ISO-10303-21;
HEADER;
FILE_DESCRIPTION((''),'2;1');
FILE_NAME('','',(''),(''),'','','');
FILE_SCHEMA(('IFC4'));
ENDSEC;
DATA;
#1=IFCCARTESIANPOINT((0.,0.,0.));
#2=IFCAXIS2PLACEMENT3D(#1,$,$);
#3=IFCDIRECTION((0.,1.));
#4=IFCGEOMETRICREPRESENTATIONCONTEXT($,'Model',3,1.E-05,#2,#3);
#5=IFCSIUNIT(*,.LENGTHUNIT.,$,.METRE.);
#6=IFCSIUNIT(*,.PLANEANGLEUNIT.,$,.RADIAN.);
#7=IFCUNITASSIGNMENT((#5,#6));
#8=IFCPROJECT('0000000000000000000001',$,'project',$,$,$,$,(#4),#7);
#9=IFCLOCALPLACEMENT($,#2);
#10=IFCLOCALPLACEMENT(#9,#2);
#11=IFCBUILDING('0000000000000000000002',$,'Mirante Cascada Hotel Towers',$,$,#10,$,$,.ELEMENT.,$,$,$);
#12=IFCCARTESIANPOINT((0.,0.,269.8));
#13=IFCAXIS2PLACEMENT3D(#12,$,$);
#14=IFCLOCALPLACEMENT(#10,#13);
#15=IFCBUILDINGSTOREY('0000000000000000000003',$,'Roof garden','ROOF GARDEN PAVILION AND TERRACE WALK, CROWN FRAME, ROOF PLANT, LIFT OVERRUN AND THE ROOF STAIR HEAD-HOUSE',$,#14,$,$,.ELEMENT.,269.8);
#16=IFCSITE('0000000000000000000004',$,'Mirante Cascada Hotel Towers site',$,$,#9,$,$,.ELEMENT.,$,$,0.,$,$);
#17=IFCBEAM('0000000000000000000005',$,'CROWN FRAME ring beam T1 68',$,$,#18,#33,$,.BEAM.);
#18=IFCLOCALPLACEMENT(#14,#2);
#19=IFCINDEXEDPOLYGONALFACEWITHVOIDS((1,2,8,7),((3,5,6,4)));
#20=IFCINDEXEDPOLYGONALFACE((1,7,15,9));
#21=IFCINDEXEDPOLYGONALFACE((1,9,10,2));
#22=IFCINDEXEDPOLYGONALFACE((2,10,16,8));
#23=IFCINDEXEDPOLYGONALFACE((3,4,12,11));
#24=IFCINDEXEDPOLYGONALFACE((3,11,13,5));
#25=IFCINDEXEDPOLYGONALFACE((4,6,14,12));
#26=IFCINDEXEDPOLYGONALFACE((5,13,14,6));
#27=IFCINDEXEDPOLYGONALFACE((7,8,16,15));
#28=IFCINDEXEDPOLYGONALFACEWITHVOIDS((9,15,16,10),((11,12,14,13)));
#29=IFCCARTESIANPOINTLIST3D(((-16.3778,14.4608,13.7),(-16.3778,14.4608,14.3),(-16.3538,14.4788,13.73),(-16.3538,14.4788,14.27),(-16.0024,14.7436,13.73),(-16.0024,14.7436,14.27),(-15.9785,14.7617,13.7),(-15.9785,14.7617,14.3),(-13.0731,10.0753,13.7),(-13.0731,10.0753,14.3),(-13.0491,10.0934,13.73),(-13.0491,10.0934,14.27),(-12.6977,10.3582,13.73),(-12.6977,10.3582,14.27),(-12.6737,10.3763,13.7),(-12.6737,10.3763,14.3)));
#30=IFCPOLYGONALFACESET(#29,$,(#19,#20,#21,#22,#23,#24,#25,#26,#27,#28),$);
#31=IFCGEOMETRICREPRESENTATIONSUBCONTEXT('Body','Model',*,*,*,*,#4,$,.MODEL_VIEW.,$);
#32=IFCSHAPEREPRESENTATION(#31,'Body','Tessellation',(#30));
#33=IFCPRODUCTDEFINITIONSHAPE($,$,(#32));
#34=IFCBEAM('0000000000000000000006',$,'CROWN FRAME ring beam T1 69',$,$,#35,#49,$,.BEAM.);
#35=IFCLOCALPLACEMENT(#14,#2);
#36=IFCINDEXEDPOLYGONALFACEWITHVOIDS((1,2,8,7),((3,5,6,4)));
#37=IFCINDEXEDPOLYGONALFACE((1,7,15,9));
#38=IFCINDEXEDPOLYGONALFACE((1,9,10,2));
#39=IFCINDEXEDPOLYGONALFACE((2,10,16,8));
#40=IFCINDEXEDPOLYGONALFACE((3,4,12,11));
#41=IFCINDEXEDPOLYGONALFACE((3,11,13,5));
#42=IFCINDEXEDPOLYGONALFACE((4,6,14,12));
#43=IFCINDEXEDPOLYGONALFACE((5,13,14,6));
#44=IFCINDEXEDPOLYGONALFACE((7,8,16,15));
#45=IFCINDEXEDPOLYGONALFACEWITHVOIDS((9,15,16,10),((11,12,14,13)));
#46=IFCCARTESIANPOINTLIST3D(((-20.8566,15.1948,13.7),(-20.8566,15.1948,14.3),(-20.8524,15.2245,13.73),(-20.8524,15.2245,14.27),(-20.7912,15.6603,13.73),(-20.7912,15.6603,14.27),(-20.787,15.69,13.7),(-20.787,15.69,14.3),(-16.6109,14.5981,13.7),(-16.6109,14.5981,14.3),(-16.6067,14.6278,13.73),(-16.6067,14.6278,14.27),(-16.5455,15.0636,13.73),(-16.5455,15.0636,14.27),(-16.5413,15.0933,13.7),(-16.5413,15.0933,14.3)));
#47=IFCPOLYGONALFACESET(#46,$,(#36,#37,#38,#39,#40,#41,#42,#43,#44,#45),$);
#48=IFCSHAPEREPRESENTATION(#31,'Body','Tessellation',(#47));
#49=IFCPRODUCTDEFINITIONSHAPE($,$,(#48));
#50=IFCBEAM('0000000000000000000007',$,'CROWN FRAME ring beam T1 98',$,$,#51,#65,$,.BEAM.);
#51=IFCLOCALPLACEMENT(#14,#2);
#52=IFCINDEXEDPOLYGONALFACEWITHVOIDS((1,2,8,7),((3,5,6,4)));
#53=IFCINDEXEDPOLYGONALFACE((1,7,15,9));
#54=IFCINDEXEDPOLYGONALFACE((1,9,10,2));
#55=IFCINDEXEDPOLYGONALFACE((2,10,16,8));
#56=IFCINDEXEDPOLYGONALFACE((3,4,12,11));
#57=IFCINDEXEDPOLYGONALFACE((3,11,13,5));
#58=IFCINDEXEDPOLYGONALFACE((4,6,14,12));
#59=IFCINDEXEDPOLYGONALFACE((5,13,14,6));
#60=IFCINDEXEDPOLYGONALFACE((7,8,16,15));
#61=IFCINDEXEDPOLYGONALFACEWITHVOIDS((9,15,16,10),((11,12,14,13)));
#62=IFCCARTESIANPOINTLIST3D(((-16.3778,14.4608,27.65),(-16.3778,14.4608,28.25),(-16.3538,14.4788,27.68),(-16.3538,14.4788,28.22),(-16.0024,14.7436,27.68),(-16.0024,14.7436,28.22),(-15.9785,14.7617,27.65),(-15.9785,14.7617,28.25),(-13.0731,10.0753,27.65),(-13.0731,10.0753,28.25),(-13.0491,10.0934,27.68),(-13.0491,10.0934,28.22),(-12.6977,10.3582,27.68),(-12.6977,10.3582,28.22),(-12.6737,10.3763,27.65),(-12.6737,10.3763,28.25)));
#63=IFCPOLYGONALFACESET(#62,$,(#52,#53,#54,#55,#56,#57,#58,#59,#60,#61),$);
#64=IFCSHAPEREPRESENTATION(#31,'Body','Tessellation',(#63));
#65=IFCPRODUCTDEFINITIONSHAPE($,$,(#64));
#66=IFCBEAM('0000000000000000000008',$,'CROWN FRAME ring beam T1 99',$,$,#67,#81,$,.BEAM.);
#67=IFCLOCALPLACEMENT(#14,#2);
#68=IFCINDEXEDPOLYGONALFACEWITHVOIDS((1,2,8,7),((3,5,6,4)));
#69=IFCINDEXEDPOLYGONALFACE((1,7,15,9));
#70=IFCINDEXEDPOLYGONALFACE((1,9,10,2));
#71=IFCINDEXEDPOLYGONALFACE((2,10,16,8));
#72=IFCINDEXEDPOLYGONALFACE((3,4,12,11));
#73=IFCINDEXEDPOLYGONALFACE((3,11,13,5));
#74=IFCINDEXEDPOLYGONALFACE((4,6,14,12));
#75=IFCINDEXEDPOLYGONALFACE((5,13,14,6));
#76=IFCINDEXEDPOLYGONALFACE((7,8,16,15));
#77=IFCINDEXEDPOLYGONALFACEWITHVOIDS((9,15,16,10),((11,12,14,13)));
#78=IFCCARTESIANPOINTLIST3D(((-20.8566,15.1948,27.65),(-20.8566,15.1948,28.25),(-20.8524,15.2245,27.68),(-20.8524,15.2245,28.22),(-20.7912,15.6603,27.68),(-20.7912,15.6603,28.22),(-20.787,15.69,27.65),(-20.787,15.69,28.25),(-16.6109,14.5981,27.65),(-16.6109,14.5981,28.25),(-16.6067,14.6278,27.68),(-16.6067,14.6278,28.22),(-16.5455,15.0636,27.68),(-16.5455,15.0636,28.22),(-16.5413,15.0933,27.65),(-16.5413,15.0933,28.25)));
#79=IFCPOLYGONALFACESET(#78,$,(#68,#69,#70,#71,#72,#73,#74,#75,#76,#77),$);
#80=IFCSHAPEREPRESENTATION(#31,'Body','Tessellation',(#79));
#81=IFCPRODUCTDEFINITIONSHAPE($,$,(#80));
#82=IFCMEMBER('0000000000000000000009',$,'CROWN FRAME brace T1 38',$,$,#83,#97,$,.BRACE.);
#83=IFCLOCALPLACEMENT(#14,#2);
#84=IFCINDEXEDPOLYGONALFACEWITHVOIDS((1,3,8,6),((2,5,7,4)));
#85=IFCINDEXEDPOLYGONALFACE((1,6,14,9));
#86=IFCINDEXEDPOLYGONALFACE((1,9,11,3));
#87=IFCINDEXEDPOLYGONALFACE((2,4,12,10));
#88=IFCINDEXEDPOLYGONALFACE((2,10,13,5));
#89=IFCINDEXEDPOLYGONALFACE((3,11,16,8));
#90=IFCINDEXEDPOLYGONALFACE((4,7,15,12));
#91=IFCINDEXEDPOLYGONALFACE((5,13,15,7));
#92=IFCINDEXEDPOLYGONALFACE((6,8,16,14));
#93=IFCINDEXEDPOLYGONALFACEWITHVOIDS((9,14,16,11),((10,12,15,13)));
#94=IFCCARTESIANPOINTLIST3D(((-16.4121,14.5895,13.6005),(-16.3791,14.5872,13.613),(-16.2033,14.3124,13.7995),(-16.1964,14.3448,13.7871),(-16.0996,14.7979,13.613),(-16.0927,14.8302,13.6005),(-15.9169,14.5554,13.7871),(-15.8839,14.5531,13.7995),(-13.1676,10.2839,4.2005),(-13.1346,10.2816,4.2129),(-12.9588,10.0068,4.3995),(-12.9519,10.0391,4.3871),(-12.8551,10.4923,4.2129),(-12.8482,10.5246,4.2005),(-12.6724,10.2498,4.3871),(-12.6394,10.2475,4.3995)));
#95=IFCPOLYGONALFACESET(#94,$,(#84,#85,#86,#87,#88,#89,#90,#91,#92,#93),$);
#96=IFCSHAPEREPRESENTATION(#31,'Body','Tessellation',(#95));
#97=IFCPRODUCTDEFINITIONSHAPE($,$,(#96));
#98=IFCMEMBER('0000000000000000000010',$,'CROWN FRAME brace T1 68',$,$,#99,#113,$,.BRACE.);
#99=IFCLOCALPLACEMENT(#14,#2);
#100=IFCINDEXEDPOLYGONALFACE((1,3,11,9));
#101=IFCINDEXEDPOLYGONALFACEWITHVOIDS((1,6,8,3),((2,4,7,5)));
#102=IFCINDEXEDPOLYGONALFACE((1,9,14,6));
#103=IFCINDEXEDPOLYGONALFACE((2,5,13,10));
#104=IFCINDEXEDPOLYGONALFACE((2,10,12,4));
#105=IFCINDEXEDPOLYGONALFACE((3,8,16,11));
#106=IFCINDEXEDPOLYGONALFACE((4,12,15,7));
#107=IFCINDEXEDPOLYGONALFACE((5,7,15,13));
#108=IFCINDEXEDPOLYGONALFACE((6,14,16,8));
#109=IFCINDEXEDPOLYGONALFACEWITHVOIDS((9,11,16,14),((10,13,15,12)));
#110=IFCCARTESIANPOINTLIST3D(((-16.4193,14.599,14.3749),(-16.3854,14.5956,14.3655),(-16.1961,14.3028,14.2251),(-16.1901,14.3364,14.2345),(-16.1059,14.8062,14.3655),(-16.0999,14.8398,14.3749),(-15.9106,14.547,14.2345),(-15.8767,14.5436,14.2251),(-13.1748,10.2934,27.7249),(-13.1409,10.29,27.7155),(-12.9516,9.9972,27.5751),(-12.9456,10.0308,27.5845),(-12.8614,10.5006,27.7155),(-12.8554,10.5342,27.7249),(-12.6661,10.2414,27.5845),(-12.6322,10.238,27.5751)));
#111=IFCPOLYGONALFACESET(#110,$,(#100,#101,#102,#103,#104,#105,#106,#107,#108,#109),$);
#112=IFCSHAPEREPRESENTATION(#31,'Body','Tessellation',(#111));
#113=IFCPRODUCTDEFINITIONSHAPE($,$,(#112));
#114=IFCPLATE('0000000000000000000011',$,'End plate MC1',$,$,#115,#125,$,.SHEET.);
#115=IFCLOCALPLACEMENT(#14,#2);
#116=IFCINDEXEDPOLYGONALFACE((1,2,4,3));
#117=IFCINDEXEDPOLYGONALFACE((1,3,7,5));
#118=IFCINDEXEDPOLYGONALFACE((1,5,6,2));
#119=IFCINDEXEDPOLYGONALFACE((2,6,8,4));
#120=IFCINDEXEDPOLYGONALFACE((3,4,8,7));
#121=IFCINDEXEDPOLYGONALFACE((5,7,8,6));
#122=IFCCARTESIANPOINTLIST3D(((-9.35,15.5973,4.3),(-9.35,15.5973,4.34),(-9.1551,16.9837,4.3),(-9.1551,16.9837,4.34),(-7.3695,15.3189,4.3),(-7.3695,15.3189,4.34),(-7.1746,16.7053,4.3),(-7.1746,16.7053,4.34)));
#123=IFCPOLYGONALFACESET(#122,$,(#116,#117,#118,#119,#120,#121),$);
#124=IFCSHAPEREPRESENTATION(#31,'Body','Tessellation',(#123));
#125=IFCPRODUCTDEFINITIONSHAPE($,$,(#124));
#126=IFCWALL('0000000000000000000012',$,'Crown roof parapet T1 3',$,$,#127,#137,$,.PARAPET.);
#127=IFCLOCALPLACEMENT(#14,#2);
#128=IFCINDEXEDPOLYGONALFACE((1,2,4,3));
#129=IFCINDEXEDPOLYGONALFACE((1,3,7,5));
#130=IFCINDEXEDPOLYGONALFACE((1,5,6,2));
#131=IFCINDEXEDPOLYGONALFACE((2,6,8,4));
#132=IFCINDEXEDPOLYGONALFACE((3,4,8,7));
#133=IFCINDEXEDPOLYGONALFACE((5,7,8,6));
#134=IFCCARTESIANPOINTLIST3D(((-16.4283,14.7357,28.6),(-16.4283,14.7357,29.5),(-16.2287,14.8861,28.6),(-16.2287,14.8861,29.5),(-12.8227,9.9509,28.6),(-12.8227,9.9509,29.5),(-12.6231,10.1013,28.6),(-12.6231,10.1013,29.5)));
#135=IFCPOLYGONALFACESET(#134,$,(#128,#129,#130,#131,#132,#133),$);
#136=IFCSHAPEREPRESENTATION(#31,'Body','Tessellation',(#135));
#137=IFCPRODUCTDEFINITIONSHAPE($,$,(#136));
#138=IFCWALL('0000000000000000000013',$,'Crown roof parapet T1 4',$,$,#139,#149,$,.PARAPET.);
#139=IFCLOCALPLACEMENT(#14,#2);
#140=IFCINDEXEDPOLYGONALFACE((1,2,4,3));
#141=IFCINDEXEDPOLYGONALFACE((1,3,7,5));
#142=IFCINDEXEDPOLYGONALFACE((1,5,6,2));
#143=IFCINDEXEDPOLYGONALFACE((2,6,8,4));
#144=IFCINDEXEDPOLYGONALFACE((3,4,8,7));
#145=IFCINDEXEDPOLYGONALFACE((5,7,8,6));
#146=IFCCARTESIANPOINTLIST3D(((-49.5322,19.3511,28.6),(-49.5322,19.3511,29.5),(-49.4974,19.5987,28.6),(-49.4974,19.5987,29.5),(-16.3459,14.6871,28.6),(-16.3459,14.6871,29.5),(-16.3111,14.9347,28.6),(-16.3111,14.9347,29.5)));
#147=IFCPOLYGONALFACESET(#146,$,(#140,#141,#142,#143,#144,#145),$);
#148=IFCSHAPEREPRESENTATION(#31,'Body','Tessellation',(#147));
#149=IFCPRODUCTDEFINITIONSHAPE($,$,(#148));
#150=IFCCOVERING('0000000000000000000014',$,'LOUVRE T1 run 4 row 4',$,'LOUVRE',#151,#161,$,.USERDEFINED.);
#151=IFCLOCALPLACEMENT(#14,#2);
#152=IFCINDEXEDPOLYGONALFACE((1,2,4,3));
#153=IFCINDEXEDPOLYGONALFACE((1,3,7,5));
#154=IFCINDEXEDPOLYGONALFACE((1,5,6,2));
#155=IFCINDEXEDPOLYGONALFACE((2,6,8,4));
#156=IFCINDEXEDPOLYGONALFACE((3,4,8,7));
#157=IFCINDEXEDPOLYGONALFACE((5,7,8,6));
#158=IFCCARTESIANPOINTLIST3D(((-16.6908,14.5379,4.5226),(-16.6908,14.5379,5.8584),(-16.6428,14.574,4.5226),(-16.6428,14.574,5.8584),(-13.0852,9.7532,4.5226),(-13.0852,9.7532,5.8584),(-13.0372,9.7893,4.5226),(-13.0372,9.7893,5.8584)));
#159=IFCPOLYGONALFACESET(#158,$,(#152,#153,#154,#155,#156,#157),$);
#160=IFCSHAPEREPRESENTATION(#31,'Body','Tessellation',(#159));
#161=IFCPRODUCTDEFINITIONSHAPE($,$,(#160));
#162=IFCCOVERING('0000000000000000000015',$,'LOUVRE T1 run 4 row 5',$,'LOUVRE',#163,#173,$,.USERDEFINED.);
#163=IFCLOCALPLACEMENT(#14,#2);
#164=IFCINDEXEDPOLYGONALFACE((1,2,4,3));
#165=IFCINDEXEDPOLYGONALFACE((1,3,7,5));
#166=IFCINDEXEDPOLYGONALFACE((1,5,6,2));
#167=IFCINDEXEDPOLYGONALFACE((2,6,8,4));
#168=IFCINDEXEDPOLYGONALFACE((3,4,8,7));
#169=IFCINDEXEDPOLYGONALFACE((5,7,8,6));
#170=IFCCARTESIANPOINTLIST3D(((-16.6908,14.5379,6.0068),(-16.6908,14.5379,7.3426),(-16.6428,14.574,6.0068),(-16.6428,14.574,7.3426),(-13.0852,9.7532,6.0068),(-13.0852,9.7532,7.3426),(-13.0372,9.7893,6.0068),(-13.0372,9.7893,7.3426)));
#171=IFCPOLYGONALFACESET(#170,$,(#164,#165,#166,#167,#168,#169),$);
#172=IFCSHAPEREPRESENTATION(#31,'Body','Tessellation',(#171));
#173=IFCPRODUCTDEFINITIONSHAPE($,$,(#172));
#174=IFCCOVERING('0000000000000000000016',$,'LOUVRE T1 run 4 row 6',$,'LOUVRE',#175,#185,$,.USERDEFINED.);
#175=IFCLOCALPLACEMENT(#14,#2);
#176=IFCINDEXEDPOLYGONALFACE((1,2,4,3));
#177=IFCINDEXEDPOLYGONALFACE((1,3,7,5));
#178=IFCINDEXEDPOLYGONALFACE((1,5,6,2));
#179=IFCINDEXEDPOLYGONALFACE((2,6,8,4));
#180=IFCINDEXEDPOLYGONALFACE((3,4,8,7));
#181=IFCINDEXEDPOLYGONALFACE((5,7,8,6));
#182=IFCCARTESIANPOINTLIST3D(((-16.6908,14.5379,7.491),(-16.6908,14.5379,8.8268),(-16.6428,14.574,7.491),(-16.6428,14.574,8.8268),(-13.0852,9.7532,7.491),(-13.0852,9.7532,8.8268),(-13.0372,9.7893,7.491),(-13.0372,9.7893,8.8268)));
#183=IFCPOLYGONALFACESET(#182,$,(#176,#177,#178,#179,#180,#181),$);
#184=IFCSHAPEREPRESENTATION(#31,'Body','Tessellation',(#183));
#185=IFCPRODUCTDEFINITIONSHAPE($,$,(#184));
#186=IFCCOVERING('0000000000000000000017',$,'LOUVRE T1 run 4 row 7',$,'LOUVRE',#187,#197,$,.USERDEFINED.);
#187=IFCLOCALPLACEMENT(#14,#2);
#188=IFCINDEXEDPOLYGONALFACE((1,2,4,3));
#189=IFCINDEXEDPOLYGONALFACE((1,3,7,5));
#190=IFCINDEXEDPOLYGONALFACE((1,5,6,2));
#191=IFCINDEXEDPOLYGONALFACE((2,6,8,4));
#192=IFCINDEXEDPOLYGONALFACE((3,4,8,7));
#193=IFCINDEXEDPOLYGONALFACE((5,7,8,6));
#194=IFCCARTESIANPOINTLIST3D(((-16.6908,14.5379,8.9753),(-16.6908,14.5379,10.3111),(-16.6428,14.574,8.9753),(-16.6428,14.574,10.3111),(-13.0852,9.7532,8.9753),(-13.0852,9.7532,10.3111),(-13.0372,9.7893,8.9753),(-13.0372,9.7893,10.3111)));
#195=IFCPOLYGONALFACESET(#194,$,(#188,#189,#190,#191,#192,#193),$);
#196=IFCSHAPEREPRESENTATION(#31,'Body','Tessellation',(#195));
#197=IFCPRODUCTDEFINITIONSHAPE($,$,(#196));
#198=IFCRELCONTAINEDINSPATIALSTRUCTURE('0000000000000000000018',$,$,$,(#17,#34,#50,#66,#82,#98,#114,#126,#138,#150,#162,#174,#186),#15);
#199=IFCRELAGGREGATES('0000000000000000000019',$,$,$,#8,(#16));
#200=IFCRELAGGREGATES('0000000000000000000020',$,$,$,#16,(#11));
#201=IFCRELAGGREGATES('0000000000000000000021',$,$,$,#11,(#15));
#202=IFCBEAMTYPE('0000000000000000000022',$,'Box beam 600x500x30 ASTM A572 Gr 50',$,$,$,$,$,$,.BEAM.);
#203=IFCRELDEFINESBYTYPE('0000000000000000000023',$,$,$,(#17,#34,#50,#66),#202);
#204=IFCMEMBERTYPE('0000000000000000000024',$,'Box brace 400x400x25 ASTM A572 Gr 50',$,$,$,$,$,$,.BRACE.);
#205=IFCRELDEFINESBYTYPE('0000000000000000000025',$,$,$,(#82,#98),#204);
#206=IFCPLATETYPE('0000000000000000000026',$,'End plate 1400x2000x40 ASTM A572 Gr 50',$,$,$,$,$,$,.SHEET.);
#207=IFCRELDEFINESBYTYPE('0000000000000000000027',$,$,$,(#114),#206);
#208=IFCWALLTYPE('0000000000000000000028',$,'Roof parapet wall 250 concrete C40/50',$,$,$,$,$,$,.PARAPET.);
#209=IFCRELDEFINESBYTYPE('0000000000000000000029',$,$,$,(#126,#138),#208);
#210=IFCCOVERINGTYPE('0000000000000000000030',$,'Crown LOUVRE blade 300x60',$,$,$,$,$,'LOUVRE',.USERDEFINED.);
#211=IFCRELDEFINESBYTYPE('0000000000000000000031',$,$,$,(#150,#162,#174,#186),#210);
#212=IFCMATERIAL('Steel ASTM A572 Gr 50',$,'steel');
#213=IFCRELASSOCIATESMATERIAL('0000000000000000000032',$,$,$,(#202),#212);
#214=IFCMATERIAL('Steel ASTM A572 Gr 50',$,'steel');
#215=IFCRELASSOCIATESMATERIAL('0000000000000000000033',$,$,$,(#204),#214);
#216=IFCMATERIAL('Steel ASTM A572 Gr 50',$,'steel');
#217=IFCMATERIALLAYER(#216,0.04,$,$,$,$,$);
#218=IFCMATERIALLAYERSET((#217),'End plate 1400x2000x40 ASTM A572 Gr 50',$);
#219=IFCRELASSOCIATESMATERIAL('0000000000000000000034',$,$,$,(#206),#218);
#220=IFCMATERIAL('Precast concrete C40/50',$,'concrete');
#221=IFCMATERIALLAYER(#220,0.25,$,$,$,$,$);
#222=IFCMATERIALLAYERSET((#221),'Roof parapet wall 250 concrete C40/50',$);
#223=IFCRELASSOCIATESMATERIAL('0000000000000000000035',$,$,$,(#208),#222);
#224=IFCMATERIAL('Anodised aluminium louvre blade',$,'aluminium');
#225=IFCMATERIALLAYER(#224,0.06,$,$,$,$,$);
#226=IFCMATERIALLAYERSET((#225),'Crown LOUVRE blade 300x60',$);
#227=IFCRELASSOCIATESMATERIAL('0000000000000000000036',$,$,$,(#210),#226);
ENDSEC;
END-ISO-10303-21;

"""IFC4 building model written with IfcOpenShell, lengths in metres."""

from ifc_helpers import new_model, si_unit, direction, frame, frame_2d, origin, origin_2d, place, context, subcontext, project, spatial, rectangle, hollow_rectangle, extrude, material, layer, layer_set, material_profile, profile_set, type_object, element, save


model = new_model("IFC4")

# Units and contexts
model_context = context("Model", 3, precision=1e-05, world=origin(), true_north=direction((0.0, 1.0)))
body_context = subcontext(model_context, "Body", "Model", "MODEL_VIEW")
ifc_project = project(units=[si_unit("LENGTHUNIT", "METRE"), si_unit("PLANEANGLEUNIT", "RADIAN")], contexts=[model_context])

# Site, building, storey
site_placement = place(None, origin())
site = spatial("IfcSite", under=ifc_project, at=site_placement, Name="Mirante Cascada Hotel Towers site", CompositionType="ELEMENT", RefElevation=0.0)
building_placement = place(site_placement, origin())
building = spatial("IfcBuilding", under=site, at=building_placement, Name="Mirante Cascada Hotel Towers", CompositionType="ELEMENT")
storey_placement = place(building_placement, frame((0.0, 0.0, 269.8)))
storey = spatial("IfcBuildingStorey", under=building, at=storey_placement, Name="Roof garden", Description="ROOF GARDEN PAVILION AND TERRACE WALK, CROWN FRAME, ROOF PLANT, LIFT OVERRUN AND THE ROOF STAIR HEAD-HOUSE", CompositionType="ELEMENT", Elevation=269.8)

# Beams
ifc_material_1 = material(Name="Steel ASTM A572 Gr 50", Category="steel")
ifc_material_profile_1 = material_profile(ifc_material_1, hollow_rectangle(XDim=0.5, YDim=0.6, WallThickness=0.03, at=origin_2d()), Name="Box beam 600x500x30 ASTM A572 Gr 50")
ifc_profile_set_1 = profile_set([ifc_material_profile_1], Name="Steel ASTM A572 Gr 50")
beam_type = type_object("IfcBeamType", Name="Box beam 600x500x30 ASTM A572 Gr 50", PredefinedType="BEAM", material=ifc_profile_set_1)
beam_1_placement = place(storey_placement, frame((-12.8734, 10.2258, 14.0), z_axis=(-0.601823, 0.79863, 0.0), x_axis=(-0.79863, -0.601823, 0.0)))
element("IfcBeam", 1, at=beam_1_placement, inside=storey, type_object=beam_type, Name="CROWN FRAME ring beam T1 68", PredefinedType="BEAM", context=body_context, shape_type="SweptSolid", body=[
    extrude(hollow_rectangle(XDim=0.5, YDim=0.6, WallThickness=0.03, at=origin_2d()), origin(), (0.0, 0.0, 1.0), 5.4912),
])
beam_2_placement = place(storey_placement, frame((-16.5761, 14.8457, 14.0), z_axis=(-0.990268, 0.139174, 0.0), x_axis=(-0.139174, -0.990268, 0.0)))
element("IfcBeam", 2, at=beam_2_placement, inside=storey, type_object=beam_type, Name="CROWN FRAME ring beam T1 69", PredefinedType="BEAM", context=body_context, shape_type="SweptSolid", body=[
    extrude(hollow_rectangle(XDim=0.5, YDim=0.6, WallThickness=0.03, at=origin_2d()), origin(), (0.0, 0.0, 1.0), 4.2874),
])
beam_3_placement = place(storey_placement, frame((-12.8734, 10.2258, 27.95), z_axis=(-0.601823, 0.79863, 0.0), x_axis=(-0.79863, -0.601823, 0.0)))
element("IfcBeam", 3, at=beam_3_placement, inside=storey, type_object=beam_type, Name="CROWN FRAME ring beam T1 98", PredefinedType="BEAM", context=body_context, shape_type="SweptSolid", body=[
    extrude(hollow_rectangle(XDim=0.5, YDim=0.6, WallThickness=0.03, at=origin_2d()), origin(), (0.0, 0.0, 1.0), 5.4912),
])
beam_4_placement = place(storey_placement, frame((-16.5761, 14.8457, 27.95), z_axis=(-0.990268, 0.139174, 0.0), x_axis=(-0.139174, -0.990268, 0.0)))
element("IfcBeam", 4, at=beam_4_placement, inside=storey, type_object=beam_type, Name="CROWN FRAME ring beam T1 99", PredefinedType="BEAM", context=body_context, shape_type="SweptSolid", body=[
    extrude(hollow_rectangle(XDim=0.5, YDim=0.6, WallThickness=0.03, at=origin_2d()), origin(), (0.0, 0.0, 1.0), 4.2874),
])

# Members
ifc_material_2 = material(Name="Steel ASTM A572 Gr 50", Category="steel")
ifc_material_profile_2 = material_profile(ifc_material_2, hollow_rectangle(XDim=0.4, YDim=0.4, WallThickness=0.025, at=origin_2d()), Name="Box brace 400x400x25 ASTM A572 Gr 50")
ifc_profile_set_2 = profile_set([ifc_material_profile_2], Name="Steel ASTM A572 Gr 50")
member_type = type_object("IfcMemberType", Name="Box brace 400x400x25 ASTM A572 Gr 50", PredefinedType="BRACE", material=ifc_profile_set_2)
member_1_placement = place(storey_placement, frame((-12.9035, 10.2657, 4.3), z_axis=(-0.299411, 0.397332, 0.867456), x_axis=(-0.798636, -0.601815, 0.0)))
element("IfcMember", 5, at=member_1_placement, inside=storey, type_object=member_type, Name="CROWN FRAME brace T1 38", PredefinedType="BRACE", context=body_context, shape_type="SweptSolid", body=[
    extrude(hollow_rectangle(XDim=0.4, YDim=0.4, WallThickness=0.025, at=origin_2d()), origin(), (0.0, 0.0, 1.0), 10.8363),
])
member_2_placement = place(storey_placement, frame((-16.148, 14.5713, 14.3), z_axis=(0.225352, -0.299052, 0.927245), x_axis=(0.798636, 0.601815, 0.0)))
element("IfcMember", 6, at=member_2_placement, inside=storey, type_object=member_type, Name="CROWN FRAME brace T1 68", PredefinedType="BRACE", context=body_context, shape_type="SweptSolid", body=[
    extrude(hollow_rectangle(XDim=0.4, YDim=0.4, WallThickness=0.025, at=origin_2d()), origin(), (0.0, 0.0, 1.0), 14.3975),
])

# Plate
ifc_material_3 = material(Name="Steel ASTM A572 Gr 50", Category="steel")
ifc_layer_1 = layer(ifc_material_3, 0.04)
ifc_layer_set_1 = layer_set([ifc_layer_1], Name="End plate 1400x2000x40 ASTM A572 Gr 50")
plate_type = type_object("IfcPlateType", Name="End plate 1400x2000x40 ASTM A572 Gr 50", PredefinedType="SHEET", material=ifc_layer_set_1)
plate_placement = place(storey_placement, frame((-8.2623, 16.1513, 4.3), z_axis=(0.0, 0.0, 1.0), x_axis=(-0.990268, 0.139173, 0.0)))
element("IfcPlate", 7, at=plate_placement, inside=storey, type_object=plate_type, Name="End plate MC1", PredefinedType="SHEET", context=body_context, shape_type="SweptSolid", body=[
    extrude(rectangle(XDim=2.0, YDim=1.4, at=origin_2d()), origin(), (0.0, 0.0, 1.0), 0.04),
])

# Walls
ifc_material_4 = material(Name="Precast concrete C40/50", Category="concrete")
ifc_layer_2 = layer(ifc_material_4, 0.25)
ifc_layer_set_2 = layer_set([ifc_layer_2], Name="Roof parapet wall 250 concrete C40/50")
wall_type = type_object("IfcWallType", Name="Roof parapet wall 250 concrete C40/50", PredefinedType="PARAPET", material=ifc_layer_set_2)
wall_1_placement = place(storey_placement, frame((-12.7229, 10.0261, 28.6), z_axis=(0.0, 0.0, 1.0), x_axis=(-0.601814, 0.798636, 0.0)))
element("IfcWall", 8, at=wall_1_placement, inside=storey, type_object=wall_type, Name="Crown roof parapet T1 3", PredefinedType="PARAPET", context=body_context, shape_type="SweptSolid", body=[
    extrude(rectangle(XDim=5.9912, YDim=0.25, at=frame_2d((2.9956, 0.0))), origin(), (0.0, 0.0, 1.0), 0.9),
])
wall_2_placement = place(storey_placement, frame((-16.3285, 14.8109, 28.6), z_axis=(0.0, 0.0, 1.0), x_axis=(-0.990268, 0.139172, 0.0)))
element("IfcWall", 9, at=wall_2_placement, inside=storey, type_object=wall_type, Name="Crown roof parapet T1 4", PredefinedType="PARAPET", context=body_context, shape_type="SweptSolid", body=[
    extrude(rectangle(XDim=33.5124, YDim=0.25, at=frame_2d((16.7562, 0.0))), origin(), (0.0, 0.0, 1.0), 0.9),
])

# Coverings
ifc_material_5 = material(Name="Anodised aluminium louvre blade", Category="aluminium")
ifc_layer_3 = layer(ifc_material_5, 0.06)
ifc_layer_set_3 = layer_set([ifc_layer_3], Name="Crown LOUVRE blade 300x60")
covering_type = type_object("IfcCoveringType", Name="Crown LOUVRE blade 300x60", ElementType="LOUVRE", PredefinedType="USERDEFINED", material=ifc_layer_set_3)
for number, where, z_axis, x_axis, name in (
    (10, (-14.864, 12.1636, 4.5226), (0.0, 0.0, 1.0), (-0.601815, 0.798636, 0.0), "LOUVRE T1 run 4 row 4"),
    (11, (-14.864, 12.1636, 6.0068), (0.0, 0.0, 1.0), (-0.601815, 0.798636, 0.0), "LOUVRE T1 run 4 row 5"),
    (12, (-14.864, 12.1636, 7.491), (0.0, 0.0, 1.0), (-0.601815, 0.798636, 0.0), "LOUVRE T1 run 4 row 6"),
    (13, (-14.864, 12.1636, 8.9753), (0.0, 0.0, 1.0), (-0.601815, 0.798636, 0.0), "LOUVRE T1 run 4 row 7"),
):
    element("IfcCovering", number, at=place(storey_placement, frame(where, z_axis=z_axis, x_axis=x_axis)), inside=storey, type_object=covering_type, Name=name, ObjectType="LOUVRE", PredefinedType="USERDEFINED", context=body_context, shape_type="SweptSolid", body=[
        extrude(rectangle(XDim=5.9912, YDim=0.06, at=origin_2d()), origin(), (0.0, 0.0, 1.0), 1.3358),
    ])

save(model, "model.ifc")
